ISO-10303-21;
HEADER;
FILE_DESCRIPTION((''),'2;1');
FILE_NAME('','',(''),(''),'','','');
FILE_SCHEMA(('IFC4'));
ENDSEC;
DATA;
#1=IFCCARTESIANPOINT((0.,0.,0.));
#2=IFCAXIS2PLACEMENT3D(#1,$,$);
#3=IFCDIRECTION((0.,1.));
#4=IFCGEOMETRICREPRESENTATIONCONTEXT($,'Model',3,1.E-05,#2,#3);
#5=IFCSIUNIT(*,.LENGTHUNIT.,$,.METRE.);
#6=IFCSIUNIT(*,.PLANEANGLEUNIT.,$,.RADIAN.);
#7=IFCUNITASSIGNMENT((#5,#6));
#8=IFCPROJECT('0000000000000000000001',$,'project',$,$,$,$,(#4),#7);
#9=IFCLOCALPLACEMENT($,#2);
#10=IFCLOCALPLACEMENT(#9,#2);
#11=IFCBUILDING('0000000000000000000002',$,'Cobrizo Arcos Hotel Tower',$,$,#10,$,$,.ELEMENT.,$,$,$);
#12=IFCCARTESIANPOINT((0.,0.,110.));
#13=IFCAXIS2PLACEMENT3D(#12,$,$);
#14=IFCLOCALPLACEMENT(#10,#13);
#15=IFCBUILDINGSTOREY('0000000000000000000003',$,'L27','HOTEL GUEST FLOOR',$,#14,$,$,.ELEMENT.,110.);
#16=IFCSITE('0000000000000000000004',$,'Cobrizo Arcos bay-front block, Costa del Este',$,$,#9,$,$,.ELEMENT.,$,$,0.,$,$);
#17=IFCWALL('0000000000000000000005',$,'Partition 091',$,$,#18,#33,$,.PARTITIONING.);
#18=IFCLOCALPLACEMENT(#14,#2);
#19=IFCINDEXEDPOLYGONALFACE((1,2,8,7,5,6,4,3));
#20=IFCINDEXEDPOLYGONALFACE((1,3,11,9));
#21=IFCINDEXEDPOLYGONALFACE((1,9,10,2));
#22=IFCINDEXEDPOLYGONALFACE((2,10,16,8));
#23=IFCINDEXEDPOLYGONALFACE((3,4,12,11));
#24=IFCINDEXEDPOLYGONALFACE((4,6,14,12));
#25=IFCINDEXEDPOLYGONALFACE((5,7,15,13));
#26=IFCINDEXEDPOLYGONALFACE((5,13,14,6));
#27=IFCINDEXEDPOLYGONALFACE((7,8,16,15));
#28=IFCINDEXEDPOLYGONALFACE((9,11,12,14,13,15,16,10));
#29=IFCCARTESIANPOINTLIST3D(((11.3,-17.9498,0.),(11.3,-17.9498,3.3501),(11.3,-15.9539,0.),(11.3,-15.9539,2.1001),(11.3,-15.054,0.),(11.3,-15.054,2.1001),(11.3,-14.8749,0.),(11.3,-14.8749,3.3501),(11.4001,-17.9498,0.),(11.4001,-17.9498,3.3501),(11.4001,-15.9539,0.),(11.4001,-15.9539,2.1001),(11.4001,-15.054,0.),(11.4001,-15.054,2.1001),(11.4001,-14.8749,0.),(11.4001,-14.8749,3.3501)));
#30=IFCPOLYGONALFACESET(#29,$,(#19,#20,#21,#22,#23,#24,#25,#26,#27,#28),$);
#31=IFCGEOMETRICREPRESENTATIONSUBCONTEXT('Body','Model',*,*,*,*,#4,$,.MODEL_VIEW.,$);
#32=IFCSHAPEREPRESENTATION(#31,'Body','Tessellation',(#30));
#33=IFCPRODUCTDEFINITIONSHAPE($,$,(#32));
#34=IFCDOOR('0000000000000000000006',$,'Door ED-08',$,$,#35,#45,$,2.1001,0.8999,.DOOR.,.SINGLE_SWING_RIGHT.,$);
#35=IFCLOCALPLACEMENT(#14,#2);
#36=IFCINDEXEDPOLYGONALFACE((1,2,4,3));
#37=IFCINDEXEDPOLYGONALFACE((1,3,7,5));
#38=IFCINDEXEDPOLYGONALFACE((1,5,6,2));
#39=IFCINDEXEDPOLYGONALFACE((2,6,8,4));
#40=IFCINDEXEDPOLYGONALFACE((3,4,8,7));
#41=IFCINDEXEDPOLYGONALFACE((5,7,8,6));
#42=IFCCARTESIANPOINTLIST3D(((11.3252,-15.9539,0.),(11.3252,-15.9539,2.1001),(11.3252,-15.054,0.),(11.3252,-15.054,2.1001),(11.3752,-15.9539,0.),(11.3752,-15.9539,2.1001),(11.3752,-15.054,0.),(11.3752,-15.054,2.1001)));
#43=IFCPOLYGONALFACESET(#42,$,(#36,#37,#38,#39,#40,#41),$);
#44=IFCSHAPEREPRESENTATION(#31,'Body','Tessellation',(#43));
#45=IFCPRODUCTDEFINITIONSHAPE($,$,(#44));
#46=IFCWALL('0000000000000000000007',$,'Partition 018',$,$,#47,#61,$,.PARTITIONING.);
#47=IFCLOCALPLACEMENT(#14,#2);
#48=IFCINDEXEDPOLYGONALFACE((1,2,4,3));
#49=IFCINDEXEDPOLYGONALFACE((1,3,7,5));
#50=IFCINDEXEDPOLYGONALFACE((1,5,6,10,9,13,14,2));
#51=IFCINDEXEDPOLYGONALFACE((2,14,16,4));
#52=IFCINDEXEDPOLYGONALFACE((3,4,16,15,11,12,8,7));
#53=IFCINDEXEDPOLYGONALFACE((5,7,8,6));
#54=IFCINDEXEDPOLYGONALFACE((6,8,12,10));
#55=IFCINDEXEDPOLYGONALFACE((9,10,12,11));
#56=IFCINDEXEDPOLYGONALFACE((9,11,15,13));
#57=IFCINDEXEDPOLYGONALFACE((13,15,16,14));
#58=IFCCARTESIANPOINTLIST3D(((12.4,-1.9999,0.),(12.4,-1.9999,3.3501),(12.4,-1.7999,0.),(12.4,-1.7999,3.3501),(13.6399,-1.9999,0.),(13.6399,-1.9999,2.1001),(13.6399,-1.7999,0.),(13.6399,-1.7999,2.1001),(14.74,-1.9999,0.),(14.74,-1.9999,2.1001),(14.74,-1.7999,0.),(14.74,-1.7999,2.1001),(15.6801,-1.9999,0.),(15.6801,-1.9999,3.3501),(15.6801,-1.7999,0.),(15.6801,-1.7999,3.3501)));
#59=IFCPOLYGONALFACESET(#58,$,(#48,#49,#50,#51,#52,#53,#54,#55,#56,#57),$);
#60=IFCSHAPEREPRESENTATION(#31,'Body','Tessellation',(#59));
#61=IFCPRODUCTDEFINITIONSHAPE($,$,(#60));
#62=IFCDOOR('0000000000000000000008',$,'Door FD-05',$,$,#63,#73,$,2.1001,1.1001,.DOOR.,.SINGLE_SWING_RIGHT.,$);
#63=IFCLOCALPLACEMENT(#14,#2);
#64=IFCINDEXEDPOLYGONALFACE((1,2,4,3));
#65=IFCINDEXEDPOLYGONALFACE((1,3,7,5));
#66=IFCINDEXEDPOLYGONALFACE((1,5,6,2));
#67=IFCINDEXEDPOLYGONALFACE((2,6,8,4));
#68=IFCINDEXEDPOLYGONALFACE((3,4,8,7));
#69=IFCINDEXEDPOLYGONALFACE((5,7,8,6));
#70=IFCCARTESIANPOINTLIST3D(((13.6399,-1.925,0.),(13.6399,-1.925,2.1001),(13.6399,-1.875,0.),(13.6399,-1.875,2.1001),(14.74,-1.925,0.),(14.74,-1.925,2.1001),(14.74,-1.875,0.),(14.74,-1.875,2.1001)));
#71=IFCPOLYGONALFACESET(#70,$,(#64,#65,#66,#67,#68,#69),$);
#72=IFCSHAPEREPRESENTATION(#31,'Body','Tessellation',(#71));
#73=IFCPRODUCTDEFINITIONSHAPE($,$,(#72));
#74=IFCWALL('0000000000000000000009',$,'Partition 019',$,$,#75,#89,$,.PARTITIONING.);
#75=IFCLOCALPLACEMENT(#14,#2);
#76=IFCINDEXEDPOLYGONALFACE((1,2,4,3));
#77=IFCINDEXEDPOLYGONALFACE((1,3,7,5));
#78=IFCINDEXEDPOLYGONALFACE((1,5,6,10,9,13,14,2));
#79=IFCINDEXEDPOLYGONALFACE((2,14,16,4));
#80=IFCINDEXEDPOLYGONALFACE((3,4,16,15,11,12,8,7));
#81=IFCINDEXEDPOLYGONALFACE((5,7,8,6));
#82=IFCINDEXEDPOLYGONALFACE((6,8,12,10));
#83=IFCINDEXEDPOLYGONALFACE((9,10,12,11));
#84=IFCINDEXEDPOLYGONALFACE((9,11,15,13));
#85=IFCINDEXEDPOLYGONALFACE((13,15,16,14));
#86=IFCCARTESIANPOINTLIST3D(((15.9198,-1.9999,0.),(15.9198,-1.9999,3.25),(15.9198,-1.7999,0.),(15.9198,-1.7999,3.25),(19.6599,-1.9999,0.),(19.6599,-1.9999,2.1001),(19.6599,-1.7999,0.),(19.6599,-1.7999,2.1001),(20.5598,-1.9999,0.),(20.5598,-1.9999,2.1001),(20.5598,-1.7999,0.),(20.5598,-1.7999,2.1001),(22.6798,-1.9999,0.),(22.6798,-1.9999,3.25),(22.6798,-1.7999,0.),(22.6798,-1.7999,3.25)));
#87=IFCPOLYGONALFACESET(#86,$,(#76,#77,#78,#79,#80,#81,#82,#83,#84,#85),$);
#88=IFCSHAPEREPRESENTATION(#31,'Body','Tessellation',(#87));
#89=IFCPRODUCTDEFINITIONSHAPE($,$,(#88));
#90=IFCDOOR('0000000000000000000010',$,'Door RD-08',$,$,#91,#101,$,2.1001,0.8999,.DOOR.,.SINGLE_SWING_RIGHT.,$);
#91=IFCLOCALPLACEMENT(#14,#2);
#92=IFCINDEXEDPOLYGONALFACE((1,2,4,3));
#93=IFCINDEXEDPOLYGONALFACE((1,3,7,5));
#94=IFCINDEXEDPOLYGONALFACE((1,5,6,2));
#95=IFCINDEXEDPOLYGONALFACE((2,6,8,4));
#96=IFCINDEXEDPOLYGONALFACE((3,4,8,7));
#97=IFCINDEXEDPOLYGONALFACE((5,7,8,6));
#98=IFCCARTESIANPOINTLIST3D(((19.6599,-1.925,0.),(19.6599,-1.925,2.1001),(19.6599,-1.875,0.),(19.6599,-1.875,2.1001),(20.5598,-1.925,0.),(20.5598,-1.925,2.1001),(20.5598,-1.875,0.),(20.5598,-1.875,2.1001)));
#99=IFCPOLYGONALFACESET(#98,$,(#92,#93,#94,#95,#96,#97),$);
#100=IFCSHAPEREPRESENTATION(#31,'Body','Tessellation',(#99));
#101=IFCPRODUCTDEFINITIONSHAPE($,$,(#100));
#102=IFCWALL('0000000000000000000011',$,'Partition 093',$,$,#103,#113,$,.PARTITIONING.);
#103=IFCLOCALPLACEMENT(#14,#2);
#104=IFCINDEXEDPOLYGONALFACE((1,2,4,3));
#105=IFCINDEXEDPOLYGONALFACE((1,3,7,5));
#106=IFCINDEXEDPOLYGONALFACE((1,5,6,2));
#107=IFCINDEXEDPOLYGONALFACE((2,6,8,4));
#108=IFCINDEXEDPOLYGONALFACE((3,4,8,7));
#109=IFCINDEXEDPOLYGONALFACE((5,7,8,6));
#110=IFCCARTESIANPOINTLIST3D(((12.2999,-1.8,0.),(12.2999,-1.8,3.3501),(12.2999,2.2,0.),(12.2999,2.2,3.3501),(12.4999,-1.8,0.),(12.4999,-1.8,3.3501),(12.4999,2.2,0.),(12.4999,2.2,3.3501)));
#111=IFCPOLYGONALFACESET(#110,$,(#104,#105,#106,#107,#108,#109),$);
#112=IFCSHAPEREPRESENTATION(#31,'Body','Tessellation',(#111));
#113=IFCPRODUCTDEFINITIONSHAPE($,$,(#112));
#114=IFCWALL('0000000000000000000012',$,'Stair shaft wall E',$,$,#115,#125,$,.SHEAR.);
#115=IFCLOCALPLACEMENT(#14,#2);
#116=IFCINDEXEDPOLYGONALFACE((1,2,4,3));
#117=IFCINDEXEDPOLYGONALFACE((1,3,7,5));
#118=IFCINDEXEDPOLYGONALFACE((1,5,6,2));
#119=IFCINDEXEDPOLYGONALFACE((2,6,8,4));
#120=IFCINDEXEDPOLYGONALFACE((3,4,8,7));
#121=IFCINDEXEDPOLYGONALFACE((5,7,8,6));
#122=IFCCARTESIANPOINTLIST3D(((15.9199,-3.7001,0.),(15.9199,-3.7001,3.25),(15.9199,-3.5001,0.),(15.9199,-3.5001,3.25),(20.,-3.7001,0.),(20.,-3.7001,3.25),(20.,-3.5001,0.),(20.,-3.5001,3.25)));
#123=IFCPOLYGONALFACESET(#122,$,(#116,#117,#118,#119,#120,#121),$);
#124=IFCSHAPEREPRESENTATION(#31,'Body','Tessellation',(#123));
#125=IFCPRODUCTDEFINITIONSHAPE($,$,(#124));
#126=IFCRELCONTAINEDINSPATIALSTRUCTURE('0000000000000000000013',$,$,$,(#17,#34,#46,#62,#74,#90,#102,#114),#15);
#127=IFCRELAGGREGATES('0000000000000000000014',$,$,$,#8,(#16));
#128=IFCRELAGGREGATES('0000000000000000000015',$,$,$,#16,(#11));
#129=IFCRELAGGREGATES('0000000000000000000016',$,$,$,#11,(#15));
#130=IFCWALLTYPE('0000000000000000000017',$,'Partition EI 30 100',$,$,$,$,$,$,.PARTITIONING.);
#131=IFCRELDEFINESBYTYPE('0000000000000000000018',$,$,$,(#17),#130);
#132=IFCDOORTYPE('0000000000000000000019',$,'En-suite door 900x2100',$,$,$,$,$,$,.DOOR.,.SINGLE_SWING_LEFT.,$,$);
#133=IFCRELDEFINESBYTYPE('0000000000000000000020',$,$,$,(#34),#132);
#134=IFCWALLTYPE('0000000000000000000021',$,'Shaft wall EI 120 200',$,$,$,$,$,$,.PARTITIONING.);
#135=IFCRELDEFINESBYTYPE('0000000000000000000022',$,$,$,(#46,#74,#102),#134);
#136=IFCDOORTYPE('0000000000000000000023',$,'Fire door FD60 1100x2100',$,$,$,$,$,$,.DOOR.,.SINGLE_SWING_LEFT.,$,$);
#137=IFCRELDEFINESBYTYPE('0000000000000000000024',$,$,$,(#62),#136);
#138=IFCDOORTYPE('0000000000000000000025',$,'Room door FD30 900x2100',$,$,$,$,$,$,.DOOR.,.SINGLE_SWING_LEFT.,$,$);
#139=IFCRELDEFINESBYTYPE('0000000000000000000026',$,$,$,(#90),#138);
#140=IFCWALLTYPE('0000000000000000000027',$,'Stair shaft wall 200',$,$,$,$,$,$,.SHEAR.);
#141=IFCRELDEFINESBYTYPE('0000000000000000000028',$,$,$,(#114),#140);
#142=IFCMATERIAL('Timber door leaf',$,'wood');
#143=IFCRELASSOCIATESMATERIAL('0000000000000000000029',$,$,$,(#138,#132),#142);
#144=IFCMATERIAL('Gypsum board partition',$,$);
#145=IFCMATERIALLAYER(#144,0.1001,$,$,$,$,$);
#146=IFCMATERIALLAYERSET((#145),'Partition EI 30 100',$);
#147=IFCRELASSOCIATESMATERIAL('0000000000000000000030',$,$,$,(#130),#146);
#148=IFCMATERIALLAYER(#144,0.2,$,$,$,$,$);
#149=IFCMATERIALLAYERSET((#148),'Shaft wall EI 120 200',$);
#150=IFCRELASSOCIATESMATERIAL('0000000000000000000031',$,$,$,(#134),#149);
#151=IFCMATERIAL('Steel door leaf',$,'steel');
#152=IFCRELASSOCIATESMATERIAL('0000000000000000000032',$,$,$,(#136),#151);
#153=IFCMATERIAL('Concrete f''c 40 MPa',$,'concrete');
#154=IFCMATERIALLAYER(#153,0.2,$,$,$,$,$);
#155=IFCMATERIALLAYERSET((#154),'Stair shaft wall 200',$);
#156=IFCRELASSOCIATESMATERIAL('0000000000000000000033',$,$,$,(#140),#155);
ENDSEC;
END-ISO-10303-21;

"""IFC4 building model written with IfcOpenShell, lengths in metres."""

from ifc_helpers import new_model, si_unit, direction, frame, frame_2d, origin, place, context, subcontext, project, spatial, rectangle, extrude, material, layer, layer_set, type_object, element, fill, save


model = new_model("IFC4")

# Units and contexts
model_context = context("Model", 3, precision=1e-05, world=origin(), true_north=direction((0.0, 1.0)))
body_context = subcontext(model_context, "Body", "Model", "MODEL_VIEW")
ifc_project = project(units=[si_unit("LENGTHUNIT", "METRE"), si_unit("PLANEANGLEUNIT", "RADIAN")], contexts=[model_context])

# Site, building, storey
site_placement = place(None, origin())
site = spatial("IfcSite", under=ifc_project, at=site_placement, Name="Cobrizo Arcos bay-front block, Costa del Este", CompositionType="ELEMENT", RefElevation=0.0)
building_placement = place(site_placement, origin())
building = spatial("IfcBuilding", under=site, at=building_placement, Name="Cobrizo Arcos Hotel Tower", CompositionType="ELEMENT")
storey_placement = place(building_placement, frame((0.0, 0.0, 110.0)))
storey = spatial("IfcBuildingStorey", under=building, at=storey_placement, Name="L27", Description="HOTEL GUEST FLOOR", CompositionType="ELEMENT", Elevation=110.0)

# Shared definitions
ifc_material_1 = material(Name="Concrete f'c 40 MPa", Category="concrete")

# Shared definitions
ifc_material_2 = material(Name="Gypsum board partition")

# Shared definitions
ifc_material_3 = material(Name="Timber door leaf", Category="wood")
door_type_1 = type_object("IfcDoorType", Name="Room door FD30 900x2100", OperationType="SINGLE_SWING_LEFT", PredefinedType="DOOR", material=ifc_material_3)

# Shared definitions
ifc_layer_1 = layer(ifc_material_2, 0.1001)
ifc_layer_set_1 = layer_set([ifc_layer_1], Name="Partition EI 30 100")
wall_type_1 = type_object("IfcWallType", Name="Partition EI 30 100", PredefinedType="PARTITIONING", material=ifc_layer_set_1)

# Walls, openings, doors
wall_1_placement = place(storey_placement, frame((11.3501, -17.95, 0.0), z_axis=(0.0, 0.0, 1.0), x_axis=(0.0, 1.0, 0.0)))
wall_1 = element("IfcWall", 1, at=wall_1_placement, inside=storey, type_object=wall_type_1, Name="Partition 091", PredefinedType="PARTITIONING", context=body_context, shape_type="SweptSolid", body=[
    extrude(rectangle(XDim=3.075, YDim=0.1001, at=frame_2d((1.5376, 0.0))), origin(), (0.0, 0.0, 1.0), 3.3501),
])
opening_1_placement = place(wall_1_placement, frame((1.9961, 0.0, 0.0)))
opening_1 = element("IfcOpeningElement", 2, at=opening_1_placement, cuts=wall_1, PredefinedType="OPENING", context=body_context, shape_type="SweptSolid", body=[
    extrude(rectangle(XDim=0.8999, YDim=2.1001, at=frame_2d((0.45, 1.05))), frame((0.0, 0.062, 0.0), z_axis=(0.0, -1.0, 0.0), x_axis=(1.0, 0.0, 0.0)), (0.0, 0.0, 1.0), 0.124),
])
door_type_2 = type_object("IfcDoorType", Name="En-suite door 900x2100", OperationType="SINGLE_SWING_LEFT", PredefinedType="DOOR", material=ifc_material_3)
door_1_placement = place(opening_1_placement, origin())
door_1 = element("IfcDoor", 3, at=door_1_placement, inside=storey, type_object=door_type_2, Name="Door ED-08", OperationType="SINGLE_SWING_RIGHT", OverallHeight=2.1001, OverallWidth=0.8999, PredefinedType="DOOR", context=body_context, shape_type="SweptSolid", body=[
    extrude(rectangle(XDim=0.8999, YDim=2.1001, at=frame_2d((0.45, 1.05))), frame((0.0, 0.0249, 0.0), z_axis=(0.0, -1.0, 0.0), x_axis=(1.0, 0.0, 0.0)), (0.0, 0.0, 1.0), 0.05),
])
fill(opening_1, door_1)
ifc_layer_2 = layer(ifc_material_2, 0.2)
ifc_layer_set_2 = layer_set([ifc_layer_2], Name="Shaft wall EI 120 200")
wall_type_2 = type_object("IfcWallType", Name="Shaft wall EI 120 200", PredefinedType="PARTITIONING", material=ifc_layer_set_2)
wall_2_placement = place(storey_placement, frame((12.3999, -1.8999, 0.0), z_axis=(0.0, 0.0, 1.0), x_axis=(1.0, 0.0, 0.0)))
wall_2 = element("IfcWall", 4, at=wall_2_placement, inside=storey, type_object=wall_type_2, Name="Partition 018", PredefinedType="PARTITIONING", context=body_context, shape_type="SweptSolid", body=[
    extrude(rectangle(XDim=3.28, YDim=0.2, at=frame_2d((1.6401, 0.0))), origin(), (0.0, 0.0, 1.0), 3.3501),
])
opening_2_placement = place(wall_2_placement, frame((1.24, 0.0, 0.0)))
opening_2 = element("IfcOpeningElement", 5, at=opening_2_placement, cuts=wall_2, PredefinedType="OPENING", context=body_context, shape_type="SweptSolid", body=[
    extrude(rectangle(XDim=1.1001, YDim=2.1001, at=frame_2d((0.55, 1.05))), frame((0.0, 0.1121, 0.0), z_axis=(0.0, -1.0, 0.0), x_axis=(1.0, 0.0, 0.0)), (0.0, 0.0, 1.0), 0.2239),
])
ifc_material_4 = material(Name="Steel door leaf", Category="steel")
door_type_3 = type_object("IfcDoorType", Name="Fire door FD60 1100x2100", OperationType="SINGLE_SWING_LEFT", PredefinedType="DOOR", material=ifc_material_4)
door_2_placement = place(opening_2_placement, origin())
door_2 = element("IfcDoor", 6, at=door_2_placement, inside=storey, type_object=door_type_3, Name="Door FD-05", OperationType="SINGLE_SWING_RIGHT", OverallHeight=2.1001, OverallWidth=1.1001, PredefinedType="DOOR", context=body_context, shape_type="SweptSolid", body=[
    extrude(rectangle(XDim=1.1001, YDim=2.1001, at=frame_2d((0.55, 1.05))), frame((0.0, 0.0249, 0.0), z_axis=(0.0, -1.0, 0.0), x_axis=(1.0, 0.0, 0.0)), (0.0, 0.0, 1.0), 0.05),
])
fill(opening_2, door_2)
wall_3_placement = place(storey_placement, frame((15.9199, -1.8999, 0.0), z_axis=(0.0, 0.0, 1.0), x_axis=(1.0, 0.0, 0.0)))
wall_3 = element("IfcWall", 7, at=wall_3_placement, inside=storey, type_object=wall_type_2, Name="Partition 019", PredefinedType="PARTITIONING", context=body_context, shape_type="SweptSolid", body=[
    extrude(rectangle(XDim=6.76, YDim=0.2, at=frame_2d((3.3799, 0.0))), origin(), (0.0, 0.0, 1.0), 3.25),
])
opening_3_placement = place(wall_3_placement, frame((3.74, 0.0, 0.0)))
opening_3 = element("IfcOpeningElement", 8, at=opening_3_placement, cuts=wall_3, PredefinedType="OPENING", context=body_context, shape_type="SweptSolid", body=[
    extrude(rectangle(XDim=0.8999, YDim=2.1001, at=frame_2d((0.45, 1.05))), frame((0.0, 0.1121, 0.0), z_axis=(0.0, -1.0, 0.0), x_axis=(1.0, 0.0, 0.0)), (0.0, 0.0, 1.0), 0.2239),
])
door_3_placement = place(opening_3_placement, origin())
door_3 = element("IfcDoor", 9, at=door_3_placement, inside=storey, type_object=door_type_1, Name="Door RD-08", OperationType="SINGLE_SWING_RIGHT", OverallHeight=2.1001, OverallWidth=0.8999, PredefinedType="DOOR", context=body_context, shape_type="SweptSolid", body=[
    extrude(rectangle(XDim=0.8999, YDim=2.1001, at=frame_2d((0.45, 1.05))), frame((0.0, 0.0249, 0.0), z_axis=(0.0, -1.0, 0.0), x_axis=(1.0, 0.0, 0.0)), (0.0, 0.0, 1.0), 0.05),
])
fill(opening_3, door_3)

# Walls
wall_4_placement = place(storey_placement, frame((12.3999, -1.8, 0.0), z_axis=(0.0, 0.0, 1.0), x_axis=(0.0, 1.0, 0.0)))
element("IfcWall", 10, at=wall_4_placement, inside=storey, type_object=wall_type_2, Name="Partition 093", PredefinedType="PARTITIONING", context=body_context, shape_type="SweptSolid", body=[
    extrude(rectangle(XDim=4.0, YDim=0.2, at=frame_2d((2.0, 0.0))), origin(), (0.0, 0.0, 1.0), 3.3501),
])
ifc_layer_3 = layer(ifc_material_1, 0.2)
ifc_layer_set_3 = layer_set([ifc_layer_3], Name="Stair shaft wall 200")
wall_type_3 = type_object("IfcWallType", Name="Stair shaft wall 200", PredefinedType="SHEAR", material=ifc_layer_set_3)
wall_5_placement = place(storey_placement, frame((15.9199, -3.6001, 0.0), z_axis=(0.0, 0.0, 1.0), x_axis=(1.0, 0.0, 0.0)))
element("IfcWall", 11, at=wall_5_placement, inside=storey, type_object=wall_type_3, Name="Stair shaft wall E", PredefinedType="SHEAR", context=body_context, shape_type="SweptSolid", body=[
    extrude(rectangle(XDim=4.0801, YDim=0.2, at=frame_2d((2.04, 0.0))), origin(), (0.0, 0.0, 1.0), 3.25),
])

save(model, "model.ifc")
